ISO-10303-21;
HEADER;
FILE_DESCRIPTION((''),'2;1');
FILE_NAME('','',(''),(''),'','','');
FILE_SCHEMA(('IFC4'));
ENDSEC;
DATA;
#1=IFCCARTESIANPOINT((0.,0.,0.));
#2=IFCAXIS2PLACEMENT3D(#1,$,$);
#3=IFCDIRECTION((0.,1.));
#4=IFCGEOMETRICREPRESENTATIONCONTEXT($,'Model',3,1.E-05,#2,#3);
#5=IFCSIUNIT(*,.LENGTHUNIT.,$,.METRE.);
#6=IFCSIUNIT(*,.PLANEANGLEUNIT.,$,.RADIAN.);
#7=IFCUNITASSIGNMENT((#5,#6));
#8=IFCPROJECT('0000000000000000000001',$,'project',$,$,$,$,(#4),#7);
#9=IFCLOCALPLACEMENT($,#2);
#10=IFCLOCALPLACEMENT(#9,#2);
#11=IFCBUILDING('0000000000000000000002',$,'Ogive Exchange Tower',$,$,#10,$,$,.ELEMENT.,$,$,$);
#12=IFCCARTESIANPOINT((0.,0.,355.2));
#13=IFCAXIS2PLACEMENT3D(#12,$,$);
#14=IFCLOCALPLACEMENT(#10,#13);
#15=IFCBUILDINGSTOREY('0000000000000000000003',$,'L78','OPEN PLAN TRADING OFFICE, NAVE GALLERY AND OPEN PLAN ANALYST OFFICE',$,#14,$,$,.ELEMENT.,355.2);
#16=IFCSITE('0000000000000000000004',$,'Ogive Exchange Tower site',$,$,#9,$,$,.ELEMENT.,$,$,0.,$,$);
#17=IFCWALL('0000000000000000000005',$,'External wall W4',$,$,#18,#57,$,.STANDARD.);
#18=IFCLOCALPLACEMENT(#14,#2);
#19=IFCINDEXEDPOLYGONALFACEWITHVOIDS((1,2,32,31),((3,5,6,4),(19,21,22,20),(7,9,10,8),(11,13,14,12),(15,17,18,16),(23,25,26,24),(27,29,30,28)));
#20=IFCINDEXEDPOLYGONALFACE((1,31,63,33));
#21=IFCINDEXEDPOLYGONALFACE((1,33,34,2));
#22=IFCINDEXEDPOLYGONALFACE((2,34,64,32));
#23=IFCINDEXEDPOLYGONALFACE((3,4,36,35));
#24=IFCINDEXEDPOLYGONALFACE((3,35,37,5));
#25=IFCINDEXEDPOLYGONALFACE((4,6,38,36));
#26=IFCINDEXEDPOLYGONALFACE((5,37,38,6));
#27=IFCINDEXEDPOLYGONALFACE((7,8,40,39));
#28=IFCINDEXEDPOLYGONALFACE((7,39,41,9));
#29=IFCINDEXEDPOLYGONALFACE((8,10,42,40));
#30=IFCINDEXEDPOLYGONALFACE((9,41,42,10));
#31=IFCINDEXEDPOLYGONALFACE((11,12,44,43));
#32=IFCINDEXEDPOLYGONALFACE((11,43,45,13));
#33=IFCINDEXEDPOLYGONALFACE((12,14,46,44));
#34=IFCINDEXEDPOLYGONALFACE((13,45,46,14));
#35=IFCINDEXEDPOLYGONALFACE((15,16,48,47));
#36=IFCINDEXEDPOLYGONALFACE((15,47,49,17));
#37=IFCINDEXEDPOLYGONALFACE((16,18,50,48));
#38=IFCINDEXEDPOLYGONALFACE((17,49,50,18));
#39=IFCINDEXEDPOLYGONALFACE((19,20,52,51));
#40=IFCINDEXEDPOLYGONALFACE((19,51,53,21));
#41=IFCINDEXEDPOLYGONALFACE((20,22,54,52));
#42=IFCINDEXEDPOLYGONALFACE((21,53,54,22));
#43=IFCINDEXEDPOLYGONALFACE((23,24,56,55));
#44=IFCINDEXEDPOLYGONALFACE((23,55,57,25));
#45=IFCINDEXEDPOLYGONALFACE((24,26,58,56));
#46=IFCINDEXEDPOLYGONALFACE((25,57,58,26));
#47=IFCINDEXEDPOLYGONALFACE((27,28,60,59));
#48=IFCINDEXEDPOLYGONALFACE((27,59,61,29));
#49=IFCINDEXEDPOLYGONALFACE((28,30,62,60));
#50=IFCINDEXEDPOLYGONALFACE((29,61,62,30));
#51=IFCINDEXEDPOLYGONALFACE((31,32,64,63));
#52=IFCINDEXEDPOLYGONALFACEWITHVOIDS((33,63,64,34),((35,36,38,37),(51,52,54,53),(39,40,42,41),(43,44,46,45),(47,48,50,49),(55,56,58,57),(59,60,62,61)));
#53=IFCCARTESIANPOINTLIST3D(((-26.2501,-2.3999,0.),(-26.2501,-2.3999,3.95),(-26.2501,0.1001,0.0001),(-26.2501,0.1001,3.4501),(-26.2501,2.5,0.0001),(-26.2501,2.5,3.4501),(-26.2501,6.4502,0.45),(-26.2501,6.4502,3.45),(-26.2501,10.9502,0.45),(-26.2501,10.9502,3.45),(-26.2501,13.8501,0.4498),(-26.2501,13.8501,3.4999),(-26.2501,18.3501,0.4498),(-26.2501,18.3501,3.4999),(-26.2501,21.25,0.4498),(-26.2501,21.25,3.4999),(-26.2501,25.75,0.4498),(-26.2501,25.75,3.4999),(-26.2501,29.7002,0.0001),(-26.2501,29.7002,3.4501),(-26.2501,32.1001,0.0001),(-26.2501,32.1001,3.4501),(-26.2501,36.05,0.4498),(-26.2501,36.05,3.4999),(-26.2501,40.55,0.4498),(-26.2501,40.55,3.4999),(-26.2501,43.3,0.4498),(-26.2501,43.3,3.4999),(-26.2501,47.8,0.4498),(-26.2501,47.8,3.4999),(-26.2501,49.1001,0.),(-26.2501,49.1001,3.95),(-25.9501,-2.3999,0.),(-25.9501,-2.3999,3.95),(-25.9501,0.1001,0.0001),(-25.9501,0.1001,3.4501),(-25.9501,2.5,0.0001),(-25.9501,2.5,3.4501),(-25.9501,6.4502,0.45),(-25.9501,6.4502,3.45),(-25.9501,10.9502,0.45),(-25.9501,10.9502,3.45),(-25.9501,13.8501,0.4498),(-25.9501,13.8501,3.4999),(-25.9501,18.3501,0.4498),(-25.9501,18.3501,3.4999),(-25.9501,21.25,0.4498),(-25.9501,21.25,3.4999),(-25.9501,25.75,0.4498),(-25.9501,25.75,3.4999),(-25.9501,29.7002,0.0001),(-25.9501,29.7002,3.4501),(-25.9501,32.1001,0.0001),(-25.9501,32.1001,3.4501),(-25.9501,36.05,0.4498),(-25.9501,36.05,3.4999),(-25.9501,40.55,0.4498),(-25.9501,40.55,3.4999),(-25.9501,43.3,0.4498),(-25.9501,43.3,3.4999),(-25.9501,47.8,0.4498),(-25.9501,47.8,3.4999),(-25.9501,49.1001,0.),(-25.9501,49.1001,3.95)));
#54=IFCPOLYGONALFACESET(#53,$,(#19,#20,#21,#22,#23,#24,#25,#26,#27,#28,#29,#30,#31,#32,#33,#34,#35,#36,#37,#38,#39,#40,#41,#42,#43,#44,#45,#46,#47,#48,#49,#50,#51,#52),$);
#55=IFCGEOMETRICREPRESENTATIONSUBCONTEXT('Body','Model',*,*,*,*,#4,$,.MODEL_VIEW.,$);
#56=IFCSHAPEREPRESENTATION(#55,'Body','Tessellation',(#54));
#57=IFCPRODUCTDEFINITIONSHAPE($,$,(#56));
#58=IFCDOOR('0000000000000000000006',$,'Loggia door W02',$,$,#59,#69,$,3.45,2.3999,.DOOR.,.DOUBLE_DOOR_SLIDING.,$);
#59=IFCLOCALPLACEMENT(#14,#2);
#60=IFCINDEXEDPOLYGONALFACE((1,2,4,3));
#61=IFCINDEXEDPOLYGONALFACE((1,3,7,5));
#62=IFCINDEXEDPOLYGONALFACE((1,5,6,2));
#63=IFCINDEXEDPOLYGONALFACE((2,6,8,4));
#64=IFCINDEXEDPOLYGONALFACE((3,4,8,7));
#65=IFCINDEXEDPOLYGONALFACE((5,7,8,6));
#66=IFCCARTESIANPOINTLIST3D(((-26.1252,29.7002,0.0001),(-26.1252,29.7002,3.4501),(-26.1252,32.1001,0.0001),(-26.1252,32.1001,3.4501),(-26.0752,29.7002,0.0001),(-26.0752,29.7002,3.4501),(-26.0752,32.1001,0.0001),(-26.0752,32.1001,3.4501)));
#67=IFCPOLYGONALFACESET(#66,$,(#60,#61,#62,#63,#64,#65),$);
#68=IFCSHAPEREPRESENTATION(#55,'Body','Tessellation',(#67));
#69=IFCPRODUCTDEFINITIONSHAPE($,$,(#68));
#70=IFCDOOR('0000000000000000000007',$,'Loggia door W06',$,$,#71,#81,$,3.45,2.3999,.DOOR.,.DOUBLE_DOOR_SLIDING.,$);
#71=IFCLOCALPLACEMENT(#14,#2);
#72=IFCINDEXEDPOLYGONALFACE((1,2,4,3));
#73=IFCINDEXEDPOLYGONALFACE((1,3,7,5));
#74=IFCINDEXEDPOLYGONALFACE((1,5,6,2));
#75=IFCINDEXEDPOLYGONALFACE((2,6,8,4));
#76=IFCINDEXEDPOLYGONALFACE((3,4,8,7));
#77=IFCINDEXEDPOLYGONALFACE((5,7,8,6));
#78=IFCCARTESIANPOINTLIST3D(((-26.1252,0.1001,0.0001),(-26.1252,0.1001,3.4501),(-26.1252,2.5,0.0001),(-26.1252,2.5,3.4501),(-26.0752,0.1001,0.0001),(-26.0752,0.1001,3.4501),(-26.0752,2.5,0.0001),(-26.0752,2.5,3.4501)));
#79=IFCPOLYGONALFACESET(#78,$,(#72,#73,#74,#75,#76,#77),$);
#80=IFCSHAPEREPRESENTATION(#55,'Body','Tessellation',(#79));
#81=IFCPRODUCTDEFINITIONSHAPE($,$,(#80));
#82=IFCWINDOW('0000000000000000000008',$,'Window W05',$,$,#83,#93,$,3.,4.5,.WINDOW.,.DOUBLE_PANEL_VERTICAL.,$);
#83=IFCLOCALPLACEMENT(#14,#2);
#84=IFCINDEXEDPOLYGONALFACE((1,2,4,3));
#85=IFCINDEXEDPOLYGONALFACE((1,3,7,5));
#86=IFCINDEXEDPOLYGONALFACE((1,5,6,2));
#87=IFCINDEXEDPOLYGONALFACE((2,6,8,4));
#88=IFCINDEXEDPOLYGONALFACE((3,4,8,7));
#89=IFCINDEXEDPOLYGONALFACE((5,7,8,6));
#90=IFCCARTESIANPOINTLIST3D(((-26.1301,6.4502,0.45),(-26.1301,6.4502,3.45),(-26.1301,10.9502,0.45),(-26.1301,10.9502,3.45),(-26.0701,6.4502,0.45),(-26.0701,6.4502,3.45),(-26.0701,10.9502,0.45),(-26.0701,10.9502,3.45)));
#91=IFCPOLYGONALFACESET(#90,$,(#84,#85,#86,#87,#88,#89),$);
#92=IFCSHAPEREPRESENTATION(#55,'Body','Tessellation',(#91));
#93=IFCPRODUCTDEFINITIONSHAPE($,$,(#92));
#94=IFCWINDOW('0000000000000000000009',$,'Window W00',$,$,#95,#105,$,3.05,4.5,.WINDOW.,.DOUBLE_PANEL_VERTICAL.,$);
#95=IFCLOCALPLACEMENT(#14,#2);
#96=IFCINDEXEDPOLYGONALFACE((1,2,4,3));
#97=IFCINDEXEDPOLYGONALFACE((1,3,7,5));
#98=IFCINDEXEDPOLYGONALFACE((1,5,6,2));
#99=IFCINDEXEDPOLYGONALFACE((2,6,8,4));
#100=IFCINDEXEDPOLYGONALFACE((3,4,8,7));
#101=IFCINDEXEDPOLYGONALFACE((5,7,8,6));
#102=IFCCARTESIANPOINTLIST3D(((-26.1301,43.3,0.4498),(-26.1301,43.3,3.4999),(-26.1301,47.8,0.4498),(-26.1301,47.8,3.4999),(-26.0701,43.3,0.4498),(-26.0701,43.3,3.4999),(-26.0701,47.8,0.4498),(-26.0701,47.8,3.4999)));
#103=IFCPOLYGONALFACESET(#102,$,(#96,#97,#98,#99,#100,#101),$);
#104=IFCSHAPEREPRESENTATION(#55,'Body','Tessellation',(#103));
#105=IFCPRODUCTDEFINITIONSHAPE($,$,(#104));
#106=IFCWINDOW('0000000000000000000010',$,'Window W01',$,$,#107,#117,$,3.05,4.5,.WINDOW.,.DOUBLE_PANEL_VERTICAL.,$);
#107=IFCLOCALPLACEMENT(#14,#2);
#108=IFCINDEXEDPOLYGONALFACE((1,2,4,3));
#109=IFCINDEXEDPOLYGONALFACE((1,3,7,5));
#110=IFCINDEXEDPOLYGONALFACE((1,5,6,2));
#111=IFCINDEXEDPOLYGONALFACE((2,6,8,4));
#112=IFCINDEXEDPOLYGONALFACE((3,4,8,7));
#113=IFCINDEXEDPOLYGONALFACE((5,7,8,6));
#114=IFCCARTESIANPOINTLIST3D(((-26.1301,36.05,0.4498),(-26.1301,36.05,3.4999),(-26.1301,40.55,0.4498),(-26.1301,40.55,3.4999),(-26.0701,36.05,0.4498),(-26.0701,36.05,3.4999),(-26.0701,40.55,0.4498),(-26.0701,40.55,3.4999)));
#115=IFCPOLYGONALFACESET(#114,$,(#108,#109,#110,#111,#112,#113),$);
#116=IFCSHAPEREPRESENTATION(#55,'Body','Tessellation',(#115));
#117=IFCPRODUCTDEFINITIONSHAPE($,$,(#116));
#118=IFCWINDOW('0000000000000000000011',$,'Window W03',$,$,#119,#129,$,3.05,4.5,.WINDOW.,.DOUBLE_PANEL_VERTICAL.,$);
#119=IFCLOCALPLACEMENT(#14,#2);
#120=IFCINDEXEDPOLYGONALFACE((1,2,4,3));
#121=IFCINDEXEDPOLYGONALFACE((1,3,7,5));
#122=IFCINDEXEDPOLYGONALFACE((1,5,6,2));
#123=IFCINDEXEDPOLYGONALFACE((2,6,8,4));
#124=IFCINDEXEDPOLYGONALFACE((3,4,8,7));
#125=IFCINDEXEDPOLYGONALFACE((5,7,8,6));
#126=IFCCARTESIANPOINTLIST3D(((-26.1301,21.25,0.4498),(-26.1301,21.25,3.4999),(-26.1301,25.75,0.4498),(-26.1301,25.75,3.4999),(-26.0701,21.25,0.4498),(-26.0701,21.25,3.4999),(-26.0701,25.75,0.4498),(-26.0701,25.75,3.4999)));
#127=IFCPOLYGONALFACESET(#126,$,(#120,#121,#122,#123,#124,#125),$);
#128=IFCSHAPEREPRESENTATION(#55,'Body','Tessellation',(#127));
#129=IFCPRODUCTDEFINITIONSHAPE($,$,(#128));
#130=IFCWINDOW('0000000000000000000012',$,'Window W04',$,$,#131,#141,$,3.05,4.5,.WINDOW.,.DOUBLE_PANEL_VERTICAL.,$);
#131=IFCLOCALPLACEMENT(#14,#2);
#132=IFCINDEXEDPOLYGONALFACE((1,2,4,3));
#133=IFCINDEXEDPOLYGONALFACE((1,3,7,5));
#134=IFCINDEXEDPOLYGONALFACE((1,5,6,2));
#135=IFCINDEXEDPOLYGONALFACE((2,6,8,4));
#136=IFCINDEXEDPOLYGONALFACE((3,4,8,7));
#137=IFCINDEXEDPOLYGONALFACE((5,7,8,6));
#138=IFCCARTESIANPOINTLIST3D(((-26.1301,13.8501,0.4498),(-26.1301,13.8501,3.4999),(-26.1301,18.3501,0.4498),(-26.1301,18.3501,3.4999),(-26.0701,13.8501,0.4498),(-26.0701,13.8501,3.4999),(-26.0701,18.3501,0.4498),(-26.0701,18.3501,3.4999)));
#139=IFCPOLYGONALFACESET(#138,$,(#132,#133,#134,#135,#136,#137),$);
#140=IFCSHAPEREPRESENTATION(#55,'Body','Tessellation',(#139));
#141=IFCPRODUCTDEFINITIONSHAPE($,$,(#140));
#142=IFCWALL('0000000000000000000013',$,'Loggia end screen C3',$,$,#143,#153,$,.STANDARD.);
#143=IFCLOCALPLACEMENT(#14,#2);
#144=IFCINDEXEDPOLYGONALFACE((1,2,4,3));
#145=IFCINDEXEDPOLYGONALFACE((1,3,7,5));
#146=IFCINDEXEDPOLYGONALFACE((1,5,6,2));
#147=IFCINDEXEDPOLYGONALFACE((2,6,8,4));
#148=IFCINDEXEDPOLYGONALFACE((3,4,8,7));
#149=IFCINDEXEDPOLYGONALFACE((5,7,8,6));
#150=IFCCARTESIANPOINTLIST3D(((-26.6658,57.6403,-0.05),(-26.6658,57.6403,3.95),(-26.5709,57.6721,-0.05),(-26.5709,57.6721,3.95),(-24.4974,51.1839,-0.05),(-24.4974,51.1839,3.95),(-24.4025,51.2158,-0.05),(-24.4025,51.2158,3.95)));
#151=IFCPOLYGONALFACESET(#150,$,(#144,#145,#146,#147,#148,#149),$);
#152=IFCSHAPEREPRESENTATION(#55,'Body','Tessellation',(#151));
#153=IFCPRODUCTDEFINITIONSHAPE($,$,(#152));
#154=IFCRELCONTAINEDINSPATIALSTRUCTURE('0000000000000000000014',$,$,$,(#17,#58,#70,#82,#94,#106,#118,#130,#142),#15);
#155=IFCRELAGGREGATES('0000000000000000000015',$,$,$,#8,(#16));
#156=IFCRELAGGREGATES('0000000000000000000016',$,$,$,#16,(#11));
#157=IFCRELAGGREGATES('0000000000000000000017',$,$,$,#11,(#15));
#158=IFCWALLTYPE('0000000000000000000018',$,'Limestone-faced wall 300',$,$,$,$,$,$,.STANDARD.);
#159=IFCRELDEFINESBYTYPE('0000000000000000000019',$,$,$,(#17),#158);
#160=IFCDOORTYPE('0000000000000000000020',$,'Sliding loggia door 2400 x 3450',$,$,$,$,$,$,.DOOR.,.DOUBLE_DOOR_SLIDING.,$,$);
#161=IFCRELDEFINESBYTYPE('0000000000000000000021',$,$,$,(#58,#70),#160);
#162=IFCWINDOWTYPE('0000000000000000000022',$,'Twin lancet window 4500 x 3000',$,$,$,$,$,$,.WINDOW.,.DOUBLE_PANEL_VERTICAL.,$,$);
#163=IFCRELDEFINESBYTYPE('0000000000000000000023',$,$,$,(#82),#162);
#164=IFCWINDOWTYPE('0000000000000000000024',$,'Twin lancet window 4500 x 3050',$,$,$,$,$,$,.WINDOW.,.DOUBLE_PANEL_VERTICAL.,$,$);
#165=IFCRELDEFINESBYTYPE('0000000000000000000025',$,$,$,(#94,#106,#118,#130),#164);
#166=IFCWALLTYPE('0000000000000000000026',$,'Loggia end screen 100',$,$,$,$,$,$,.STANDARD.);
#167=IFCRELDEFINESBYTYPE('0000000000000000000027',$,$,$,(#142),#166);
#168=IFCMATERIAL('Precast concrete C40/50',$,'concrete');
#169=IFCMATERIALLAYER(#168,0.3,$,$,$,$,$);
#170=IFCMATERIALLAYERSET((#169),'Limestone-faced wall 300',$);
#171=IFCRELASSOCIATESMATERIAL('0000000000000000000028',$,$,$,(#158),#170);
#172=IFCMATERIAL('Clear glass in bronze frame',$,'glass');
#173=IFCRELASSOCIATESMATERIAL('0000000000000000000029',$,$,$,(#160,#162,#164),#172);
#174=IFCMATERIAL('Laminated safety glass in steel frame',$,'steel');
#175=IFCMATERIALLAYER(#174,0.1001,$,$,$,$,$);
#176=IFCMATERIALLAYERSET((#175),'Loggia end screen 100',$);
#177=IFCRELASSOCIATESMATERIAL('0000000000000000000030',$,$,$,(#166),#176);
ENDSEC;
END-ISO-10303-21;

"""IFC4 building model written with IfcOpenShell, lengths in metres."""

from ifc_helpers import new_model, si_unit, direction, frame, frame_2d, origin, place, context, subcontext, project, spatial, rectangle, extrude, material, layer, layer_set, type_object, element, fill, save


model = new_model("IFC4")

# Units and contexts
model_context = context("Model", 3, precision=1e-05, world=origin(), true_north=direction((0.0, 1.0)))
body_context = subcontext(model_context, "Body", "Model", "MODEL_VIEW")
ifc_project = project(units=[si_unit("LENGTHUNIT", "METRE"), si_unit("PLANEANGLEUNIT", "RADIAN")], contexts=[model_context])

# Site, building, storey
site_placement = place(None, origin())
site = spatial("IfcSite", under=ifc_project, at=site_placement, Name="Ogive Exchange Tower site", CompositionType="ELEMENT", RefElevation=0.0)
building_placement = place(site_placement, origin())
building = spatial("IfcBuilding", under=site, at=building_placement, Name="Ogive Exchange Tower", CompositionType="ELEMENT")
storey_placement = place(building_placement, frame((0.0, 0.0, 355.2)))
storey = spatial("IfcBuildingStorey", under=building, at=storey_placement, Name="L78", Description="OPEN PLAN TRADING OFFICE, NAVE GALLERY AND OPEN PLAN ANALYST OFFICE", CompositionType="ELEMENT", Elevation=355.2)

# Wall, openings, doors, windows
ifc_material_1 = material(Name="Precast concrete C40/50", Category="concrete")
ifc_layer_1 = layer(ifc_material_1, 0.3)
ifc_layer_set_1 = layer_set([ifc_layer_1], Name="Limestone-faced wall 300")
wall_type_1 = type_object("IfcWallType", Name="Limestone-faced wall 300", PredefinedType="STANDARD", material=ifc_layer_set_1)
wall_1_placement = place(storey_placement, frame((-26.1001, 49.1001, 0.0), z_axis=(0.0, 0.0, 1.0), x_axis=(0.0, -1.0, 0.0)))
wall_1 = element("IfcWall", 1, at=wall_1_placement, inside=storey, type_object=wall_type_1, Name="External wall W4", PredefinedType="STANDARD", context=body_context, shape_type="SweptSolid", body=[
    extrude(rectangle(XDim=51.5, YDim=0.3, at=frame_2d((25.75, 0.0))), origin(), (0.0, 0.0, 1.0), 3.95),
])
opening_1_placement = place(wall_1_placement, frame((1.3, 0.0, 0.45)))
opening_1 = element("IfcOpeningElement", 2, at=opening_1_placement, cuts=wall_1, PredefinedType="OPENING", context=body_context, shape_type="SweptSolid", body=[
    extrude(rectangle(XDim=4.5, YDim=3.05, at=frame_2d((2.25, 1.5249))), frame((0.0, 0.1599, 0.0), z_axis=(0.0, -1.0, 0.0), x_axis=(1.0, 0.0, 0.0)), (0.0, 0.0, 1.0), 0.3201),
])
opening_2_placement = place(wall_1_placement, frame((8.55, 0.0, 0.45)))
opening_2 = element("IfcOpeningElement", 3, at=opening_2_placement, cuts=wall_1, PredefinedType="OPENING", context=body_context, shape_type="SweptSolid", body=[
    extrude(rectangle(XDim=4.5, YDim=3.05, at=frame_2d((2.25, 1.5249))), frame((0.0, 0.1599, 0.0), z_axis=(0.0, -1.0, 0.0), x_axis=(1.0, 0.0, 0.0)), (0.0, 0.0, 1.0), 0.3201),
])
opening_3_placement = place(wall_1_placement, frame((17.0, 0.0, 0.0)))
opening_3 = element("IfcOpeningElement", 4, at=opening_3_placement, cuts=wall_1, PredefinedType="OPENING", context=body_context, shape_type="SweptSolid", body=[
    extrude(rectangle(XDim=2.3999, YDim=3.45, at=frame_2d((1.2, 1.7251))), frame((0.0, 0.1599, 0.0), z_axis=(0.0, -1.0, 0.0), x_axis=(1.0, 0.0, 0.0)), (0.0, 0.0, 1.0), 0.3201),
])
opening_4_placement = place(wall_1_placement, frame((23.3501, 0.0, 0.45)))
opening_4 = element("IfcOpeningElement", 5, at=opening_4_placement, cuts=wall_1, PredefinedType="OPENING", context=body_context, shape_type="SweptSolid", body=[
    extrude(rectangle(XDim=4.5, YDim=3.05, at=frame_2d((2.25, 1.5249))), frame((0.0, 0.1599, 0.0), z_axis=(0.0, -1.0, 0.0), x_axis=(1.0, 0.0, 0.0)), (0.0, 0.0, 1.0), 0.3201),
])
opening_5_placement = place(wall_1_placement, frame((30.75, 0.0, 0.45)))
opening_5 = element("IfcOpeningElement", 6, at=opening_5_placement, cuts=wall_1, PredefinedType="OPENING", context=body_context, shape_type="SweptSolid", body=[
    extrude(rectangle(XDim=4.5, YDim=3.05, at=frame_2d((2.25, 1.5249))), frame((0.0, 0.1599, 0.0), z_axis=(0.0, -1.0, 0.0), x_axis=(1.0, 0.0, 0.0)), (0.0, 0.0, 1.0), 0.3201),
])
opening_6_placement = place(wall_1_placement, frame((38.1499, 0.0, 0.45)))
opening_6 = element("IfcOpeningElement", 7, at=opening_6_placement, cuts=wall_1, PredefinedType="OPENING", context=body_context, shape_type="SweptSolid", body=[
    extrude(rectangle(XDim=4.5, YDim=3.0, at=frame_2d((2.25, 1.5))), frame((0.0, 0.1599, 0.0), z_axis=(0.0, -1.0, 0.0), x_axis=(1.0, 0.0, 0.0)), (0.0, 0.0, 1.0), 0.3201),
])
opening_7_placement = place(wall_1_placement, frame((46.6001, 0.0, 0.0)))
opening_7 = element("IfcOpeningElement", 8, at=opening_7_placement, cuts=wall_1, PredefinedType="OPENING", context=body_context, shape_type="SweptSolid", body=[
    extrude(rectangle(XDim=2.3999, YDim=3.45, at=frame_2d((1.2, 1.7251))), frame((0.0, 0.1599, 0.0), z_axis=(0.0, -1.0, 0.0), x_axis=(1.0, 0.0, 0.0)), (0.0, 0.0, 1.0), 0.3201),
])
ifc_material_2 = material(Name="Clear glass in bronze frame", Category="glass")
door_type_1 = type_object("IfcDoorType", Name="Sliding loggia door 2400 x 3450", OperationType="DOUBLE_DOOR_SLIDING", PredefinedType="DOOR", material=ifc_material_2)
door_1_placement = place(opening_3_placement, origin())
door_1 = element("IfcDoor", 9, at=door_1_placement, inside=storey, type_object=door_type_1, Name="Loggia door W02", OperationType="DOUBLE_DOOR_SLIDING", OverallHeight=3.45, OverallWidth=2.3999, PredefinedType="DOOR", context=body_context, shape_type="SweptSolid", body=[
    extrude(rectangle(XDim=2.3999, YDim=3.45, at=frame_2d((1.2, 1.7251))), frame((0.0, 0.0249, 0.0), z_axis=(0.0, -1.0, 0.0), x_axis=(1.0, 0.0, 0.0)), (0.0, 0.0, 1.0), 0.05),
])
fill(opening_3, door_1)
door_2_placement = place(opening_7_placement, origin())
door_2 = element("IfcDoor", 10, at=door_2_placement, inside=storey, type_object=door_type_1, Name="Loggia door W06", OperationType="DOUBLE_DOOR_SLIDING", OverallHeight=3.45, OverallWidth=2.3999, PredefinedType="DOOR", context=body_context, shape_type="SweptSolid", body=[
    extrude(rectangle(XDim=2.3999, YDim=3.45, at=frame_2d((1.2, 1.7251))), frame((0.0, 0.0249, 0.0), z_axis=(0.0, -1.0, 0.0), x_axis=(1.0, 0.0, 0.0)), (0.0, 0.0, 1.0), 0.05),
])
fill(opening_7, door_2)
window_type_1 = type_object("IfcWindowType", Name="Twin lancet window 4500 x 3000", PartitioningType="DOUBLE_PANEL_VERTICAL", PredefinedType="WINDOW", material=ifc_material_2)
window_1_placement = place(opening_6_placement, origin())
window_1 = element("IfcWindow", 11, at=window_1_placement, inside=storey, type_object=window_type_1, Name="Window W05", OverallHeight=3.0, OverallWidth=4.5, PartitioningType="DOUBLE_PANEL_VERTICAL", PredefinedType="WINDOW", context=body_context, shape_type="SweptSolid", body=[
    extrude(rectangle(XDim=4.5, YDim=3.0, at=frame_2d((2.25, 1.5))), frame((0.0, 0.03, 0.0), z_axis=(0.0, -1.0, 0.0), x_axis=(1.0, 0.0, 0.0)), (0.0, 0.0, 1.0), 0.0601),
])
fill(opening_6, window_1)
window_type_2 = type_object("IfcWindowType", Name="Twin lancet window 4500 x 3050", PartitioningType="DOUBLE_PANEL_VERTICAL", PredefinedType="WINDOW", material=ifc_material_2)
window_2_placement = place(opening_1_placement, origin())
window_2 = element("IfcWindow", 12, at=window_2_placement, inside=storey, type_object=window_type_2, Name="Window W00", OverallHeight=3.05, OverallWidth=4.5, PartitioningType="DOUBLE_PANEL_VERTICAL", PredefinedType="WINDOW", context=body_context, shape_type="SweptSolid", body=[
    extrude(rectangle(XDim=4.5, YDim=3.05, at=frame_2d((2.25, 1.5249))), frame((0.0, 0.03, 0.0), z_axis=(0.0, -1.0, 0.0), x_axis=(1.0, 0.0, 0.0)), (0.0, 0.0, 1.0), 0.0601),
])
fill(opening_1, window_2)
window_3_placement = place(opening_2_placement, origin())
window_3 = element("IfcWindow", 13, at=window_3_placement, inside=storey, type_object=window_type_2, Name="Window W01", OverallHeight=3.05, OverallWidth=4.5, PartitioningType="DOUBLE_PANEL_VERTICAL", PredefinedType="WINDOW", context=body_context, shape_type="SweptSolid", body=[
    extrude(rectangle(XDim=4.5, YDim=3.05, at=frame_2d((2.25, 1.5249))), frame((0.0, 0.03, 0.0), z_axis=(0.0, -1.0, 0.0), x_axis=(1.0, 0.0, 0.0)), (0.0, 0.0, 1.0), 0.0601),
])
fill(opening_2, window_3)
window_4_placement = place(opening_4_placement, origin())
window_4 = element("IfcWindow", 14, at=window_4_placement, inside=storey, type_object=window_type_2, Name="Window W03", OverallHeight=3.05, OverallWidth=4.5, PartitioningType="DOUBLE_PANEL_VERTICAL", PredefinedType="WINDOW", context=body_context, shape_type="SweptSolid", body=[
    extrude(rectangle(XDim=4.5, YDim=3.05, at=frame_2d((2.25, 1.5249))), frame((0.0, 0.03, 0.0), z_axis=(0.0, -1.0, 0.0), x_axis=(1.0, 0.0, 0.0)), (0.0, 0.0, 1.0), 0.0601),
])
fill(opening_4, window_4)
window_5_placement = place(opening_5_placement, origin())
window_5 = element("IfcWindow", 15, at=window_5_placement, inside=storey, type_object=window_type_2, Name="Window W04", OverallHeight=3.05, OverallWidth=4.5, PartitioningType="DOUBLE_PANEL_VERTICAL", PredefinedType="WINDOW", context=body_context, shape_type="SweptSolid", body=[
    extrude(rectangle(XDim=4.5, YDim=3.05, at=frame_2d((2.25, 1.5249))), frame((0.0, 0.03, 0.0), z_axis=(0.0, -1.0, 0.0), x_axis=(1.0, 0.0, 0.0)), (0.0, 0.0, 1.0), 0.0601),
])
fill(opening_5, window_5)

# Wall
ifc_material_3 = material(Name="Laminated safety glass in steel frame", Category="steel")
ifc_layer_2 = layer(ifc_material_3, 0.1001)
ifc_layer_set_2 = layer_set([ifc_layer_2], Name="Loggia end screen 100")
wall_type_2 = type_object("IfcWallType", Name="Loggia end screen 100", PredefinedType="STANDARD", material=ifc_layer_set_2)
wall_2_placement = place(storey_placement, frame((-24.45, 51.2, -0.05), z_axis=(0.0, 0.0, 1.0), x_axis=(-0.318388, 0.94796, 0.0)))
element("IfcWall", 16, at=wall_2_placement, inside=storey, type_object=wall_type_2, Name="Loggia end screen C3", PredefinedType="STANDARD", context=body_context, shape_type="SweptSolid", body=[
    extrude(rectangle(XDim=6.8108, YDim=0.1001, at=frame_2d((3.4053, 0.0))), origin(), (0.0, 0.0, 1.0), 4.0),
])

save(model, "model.ifc")
